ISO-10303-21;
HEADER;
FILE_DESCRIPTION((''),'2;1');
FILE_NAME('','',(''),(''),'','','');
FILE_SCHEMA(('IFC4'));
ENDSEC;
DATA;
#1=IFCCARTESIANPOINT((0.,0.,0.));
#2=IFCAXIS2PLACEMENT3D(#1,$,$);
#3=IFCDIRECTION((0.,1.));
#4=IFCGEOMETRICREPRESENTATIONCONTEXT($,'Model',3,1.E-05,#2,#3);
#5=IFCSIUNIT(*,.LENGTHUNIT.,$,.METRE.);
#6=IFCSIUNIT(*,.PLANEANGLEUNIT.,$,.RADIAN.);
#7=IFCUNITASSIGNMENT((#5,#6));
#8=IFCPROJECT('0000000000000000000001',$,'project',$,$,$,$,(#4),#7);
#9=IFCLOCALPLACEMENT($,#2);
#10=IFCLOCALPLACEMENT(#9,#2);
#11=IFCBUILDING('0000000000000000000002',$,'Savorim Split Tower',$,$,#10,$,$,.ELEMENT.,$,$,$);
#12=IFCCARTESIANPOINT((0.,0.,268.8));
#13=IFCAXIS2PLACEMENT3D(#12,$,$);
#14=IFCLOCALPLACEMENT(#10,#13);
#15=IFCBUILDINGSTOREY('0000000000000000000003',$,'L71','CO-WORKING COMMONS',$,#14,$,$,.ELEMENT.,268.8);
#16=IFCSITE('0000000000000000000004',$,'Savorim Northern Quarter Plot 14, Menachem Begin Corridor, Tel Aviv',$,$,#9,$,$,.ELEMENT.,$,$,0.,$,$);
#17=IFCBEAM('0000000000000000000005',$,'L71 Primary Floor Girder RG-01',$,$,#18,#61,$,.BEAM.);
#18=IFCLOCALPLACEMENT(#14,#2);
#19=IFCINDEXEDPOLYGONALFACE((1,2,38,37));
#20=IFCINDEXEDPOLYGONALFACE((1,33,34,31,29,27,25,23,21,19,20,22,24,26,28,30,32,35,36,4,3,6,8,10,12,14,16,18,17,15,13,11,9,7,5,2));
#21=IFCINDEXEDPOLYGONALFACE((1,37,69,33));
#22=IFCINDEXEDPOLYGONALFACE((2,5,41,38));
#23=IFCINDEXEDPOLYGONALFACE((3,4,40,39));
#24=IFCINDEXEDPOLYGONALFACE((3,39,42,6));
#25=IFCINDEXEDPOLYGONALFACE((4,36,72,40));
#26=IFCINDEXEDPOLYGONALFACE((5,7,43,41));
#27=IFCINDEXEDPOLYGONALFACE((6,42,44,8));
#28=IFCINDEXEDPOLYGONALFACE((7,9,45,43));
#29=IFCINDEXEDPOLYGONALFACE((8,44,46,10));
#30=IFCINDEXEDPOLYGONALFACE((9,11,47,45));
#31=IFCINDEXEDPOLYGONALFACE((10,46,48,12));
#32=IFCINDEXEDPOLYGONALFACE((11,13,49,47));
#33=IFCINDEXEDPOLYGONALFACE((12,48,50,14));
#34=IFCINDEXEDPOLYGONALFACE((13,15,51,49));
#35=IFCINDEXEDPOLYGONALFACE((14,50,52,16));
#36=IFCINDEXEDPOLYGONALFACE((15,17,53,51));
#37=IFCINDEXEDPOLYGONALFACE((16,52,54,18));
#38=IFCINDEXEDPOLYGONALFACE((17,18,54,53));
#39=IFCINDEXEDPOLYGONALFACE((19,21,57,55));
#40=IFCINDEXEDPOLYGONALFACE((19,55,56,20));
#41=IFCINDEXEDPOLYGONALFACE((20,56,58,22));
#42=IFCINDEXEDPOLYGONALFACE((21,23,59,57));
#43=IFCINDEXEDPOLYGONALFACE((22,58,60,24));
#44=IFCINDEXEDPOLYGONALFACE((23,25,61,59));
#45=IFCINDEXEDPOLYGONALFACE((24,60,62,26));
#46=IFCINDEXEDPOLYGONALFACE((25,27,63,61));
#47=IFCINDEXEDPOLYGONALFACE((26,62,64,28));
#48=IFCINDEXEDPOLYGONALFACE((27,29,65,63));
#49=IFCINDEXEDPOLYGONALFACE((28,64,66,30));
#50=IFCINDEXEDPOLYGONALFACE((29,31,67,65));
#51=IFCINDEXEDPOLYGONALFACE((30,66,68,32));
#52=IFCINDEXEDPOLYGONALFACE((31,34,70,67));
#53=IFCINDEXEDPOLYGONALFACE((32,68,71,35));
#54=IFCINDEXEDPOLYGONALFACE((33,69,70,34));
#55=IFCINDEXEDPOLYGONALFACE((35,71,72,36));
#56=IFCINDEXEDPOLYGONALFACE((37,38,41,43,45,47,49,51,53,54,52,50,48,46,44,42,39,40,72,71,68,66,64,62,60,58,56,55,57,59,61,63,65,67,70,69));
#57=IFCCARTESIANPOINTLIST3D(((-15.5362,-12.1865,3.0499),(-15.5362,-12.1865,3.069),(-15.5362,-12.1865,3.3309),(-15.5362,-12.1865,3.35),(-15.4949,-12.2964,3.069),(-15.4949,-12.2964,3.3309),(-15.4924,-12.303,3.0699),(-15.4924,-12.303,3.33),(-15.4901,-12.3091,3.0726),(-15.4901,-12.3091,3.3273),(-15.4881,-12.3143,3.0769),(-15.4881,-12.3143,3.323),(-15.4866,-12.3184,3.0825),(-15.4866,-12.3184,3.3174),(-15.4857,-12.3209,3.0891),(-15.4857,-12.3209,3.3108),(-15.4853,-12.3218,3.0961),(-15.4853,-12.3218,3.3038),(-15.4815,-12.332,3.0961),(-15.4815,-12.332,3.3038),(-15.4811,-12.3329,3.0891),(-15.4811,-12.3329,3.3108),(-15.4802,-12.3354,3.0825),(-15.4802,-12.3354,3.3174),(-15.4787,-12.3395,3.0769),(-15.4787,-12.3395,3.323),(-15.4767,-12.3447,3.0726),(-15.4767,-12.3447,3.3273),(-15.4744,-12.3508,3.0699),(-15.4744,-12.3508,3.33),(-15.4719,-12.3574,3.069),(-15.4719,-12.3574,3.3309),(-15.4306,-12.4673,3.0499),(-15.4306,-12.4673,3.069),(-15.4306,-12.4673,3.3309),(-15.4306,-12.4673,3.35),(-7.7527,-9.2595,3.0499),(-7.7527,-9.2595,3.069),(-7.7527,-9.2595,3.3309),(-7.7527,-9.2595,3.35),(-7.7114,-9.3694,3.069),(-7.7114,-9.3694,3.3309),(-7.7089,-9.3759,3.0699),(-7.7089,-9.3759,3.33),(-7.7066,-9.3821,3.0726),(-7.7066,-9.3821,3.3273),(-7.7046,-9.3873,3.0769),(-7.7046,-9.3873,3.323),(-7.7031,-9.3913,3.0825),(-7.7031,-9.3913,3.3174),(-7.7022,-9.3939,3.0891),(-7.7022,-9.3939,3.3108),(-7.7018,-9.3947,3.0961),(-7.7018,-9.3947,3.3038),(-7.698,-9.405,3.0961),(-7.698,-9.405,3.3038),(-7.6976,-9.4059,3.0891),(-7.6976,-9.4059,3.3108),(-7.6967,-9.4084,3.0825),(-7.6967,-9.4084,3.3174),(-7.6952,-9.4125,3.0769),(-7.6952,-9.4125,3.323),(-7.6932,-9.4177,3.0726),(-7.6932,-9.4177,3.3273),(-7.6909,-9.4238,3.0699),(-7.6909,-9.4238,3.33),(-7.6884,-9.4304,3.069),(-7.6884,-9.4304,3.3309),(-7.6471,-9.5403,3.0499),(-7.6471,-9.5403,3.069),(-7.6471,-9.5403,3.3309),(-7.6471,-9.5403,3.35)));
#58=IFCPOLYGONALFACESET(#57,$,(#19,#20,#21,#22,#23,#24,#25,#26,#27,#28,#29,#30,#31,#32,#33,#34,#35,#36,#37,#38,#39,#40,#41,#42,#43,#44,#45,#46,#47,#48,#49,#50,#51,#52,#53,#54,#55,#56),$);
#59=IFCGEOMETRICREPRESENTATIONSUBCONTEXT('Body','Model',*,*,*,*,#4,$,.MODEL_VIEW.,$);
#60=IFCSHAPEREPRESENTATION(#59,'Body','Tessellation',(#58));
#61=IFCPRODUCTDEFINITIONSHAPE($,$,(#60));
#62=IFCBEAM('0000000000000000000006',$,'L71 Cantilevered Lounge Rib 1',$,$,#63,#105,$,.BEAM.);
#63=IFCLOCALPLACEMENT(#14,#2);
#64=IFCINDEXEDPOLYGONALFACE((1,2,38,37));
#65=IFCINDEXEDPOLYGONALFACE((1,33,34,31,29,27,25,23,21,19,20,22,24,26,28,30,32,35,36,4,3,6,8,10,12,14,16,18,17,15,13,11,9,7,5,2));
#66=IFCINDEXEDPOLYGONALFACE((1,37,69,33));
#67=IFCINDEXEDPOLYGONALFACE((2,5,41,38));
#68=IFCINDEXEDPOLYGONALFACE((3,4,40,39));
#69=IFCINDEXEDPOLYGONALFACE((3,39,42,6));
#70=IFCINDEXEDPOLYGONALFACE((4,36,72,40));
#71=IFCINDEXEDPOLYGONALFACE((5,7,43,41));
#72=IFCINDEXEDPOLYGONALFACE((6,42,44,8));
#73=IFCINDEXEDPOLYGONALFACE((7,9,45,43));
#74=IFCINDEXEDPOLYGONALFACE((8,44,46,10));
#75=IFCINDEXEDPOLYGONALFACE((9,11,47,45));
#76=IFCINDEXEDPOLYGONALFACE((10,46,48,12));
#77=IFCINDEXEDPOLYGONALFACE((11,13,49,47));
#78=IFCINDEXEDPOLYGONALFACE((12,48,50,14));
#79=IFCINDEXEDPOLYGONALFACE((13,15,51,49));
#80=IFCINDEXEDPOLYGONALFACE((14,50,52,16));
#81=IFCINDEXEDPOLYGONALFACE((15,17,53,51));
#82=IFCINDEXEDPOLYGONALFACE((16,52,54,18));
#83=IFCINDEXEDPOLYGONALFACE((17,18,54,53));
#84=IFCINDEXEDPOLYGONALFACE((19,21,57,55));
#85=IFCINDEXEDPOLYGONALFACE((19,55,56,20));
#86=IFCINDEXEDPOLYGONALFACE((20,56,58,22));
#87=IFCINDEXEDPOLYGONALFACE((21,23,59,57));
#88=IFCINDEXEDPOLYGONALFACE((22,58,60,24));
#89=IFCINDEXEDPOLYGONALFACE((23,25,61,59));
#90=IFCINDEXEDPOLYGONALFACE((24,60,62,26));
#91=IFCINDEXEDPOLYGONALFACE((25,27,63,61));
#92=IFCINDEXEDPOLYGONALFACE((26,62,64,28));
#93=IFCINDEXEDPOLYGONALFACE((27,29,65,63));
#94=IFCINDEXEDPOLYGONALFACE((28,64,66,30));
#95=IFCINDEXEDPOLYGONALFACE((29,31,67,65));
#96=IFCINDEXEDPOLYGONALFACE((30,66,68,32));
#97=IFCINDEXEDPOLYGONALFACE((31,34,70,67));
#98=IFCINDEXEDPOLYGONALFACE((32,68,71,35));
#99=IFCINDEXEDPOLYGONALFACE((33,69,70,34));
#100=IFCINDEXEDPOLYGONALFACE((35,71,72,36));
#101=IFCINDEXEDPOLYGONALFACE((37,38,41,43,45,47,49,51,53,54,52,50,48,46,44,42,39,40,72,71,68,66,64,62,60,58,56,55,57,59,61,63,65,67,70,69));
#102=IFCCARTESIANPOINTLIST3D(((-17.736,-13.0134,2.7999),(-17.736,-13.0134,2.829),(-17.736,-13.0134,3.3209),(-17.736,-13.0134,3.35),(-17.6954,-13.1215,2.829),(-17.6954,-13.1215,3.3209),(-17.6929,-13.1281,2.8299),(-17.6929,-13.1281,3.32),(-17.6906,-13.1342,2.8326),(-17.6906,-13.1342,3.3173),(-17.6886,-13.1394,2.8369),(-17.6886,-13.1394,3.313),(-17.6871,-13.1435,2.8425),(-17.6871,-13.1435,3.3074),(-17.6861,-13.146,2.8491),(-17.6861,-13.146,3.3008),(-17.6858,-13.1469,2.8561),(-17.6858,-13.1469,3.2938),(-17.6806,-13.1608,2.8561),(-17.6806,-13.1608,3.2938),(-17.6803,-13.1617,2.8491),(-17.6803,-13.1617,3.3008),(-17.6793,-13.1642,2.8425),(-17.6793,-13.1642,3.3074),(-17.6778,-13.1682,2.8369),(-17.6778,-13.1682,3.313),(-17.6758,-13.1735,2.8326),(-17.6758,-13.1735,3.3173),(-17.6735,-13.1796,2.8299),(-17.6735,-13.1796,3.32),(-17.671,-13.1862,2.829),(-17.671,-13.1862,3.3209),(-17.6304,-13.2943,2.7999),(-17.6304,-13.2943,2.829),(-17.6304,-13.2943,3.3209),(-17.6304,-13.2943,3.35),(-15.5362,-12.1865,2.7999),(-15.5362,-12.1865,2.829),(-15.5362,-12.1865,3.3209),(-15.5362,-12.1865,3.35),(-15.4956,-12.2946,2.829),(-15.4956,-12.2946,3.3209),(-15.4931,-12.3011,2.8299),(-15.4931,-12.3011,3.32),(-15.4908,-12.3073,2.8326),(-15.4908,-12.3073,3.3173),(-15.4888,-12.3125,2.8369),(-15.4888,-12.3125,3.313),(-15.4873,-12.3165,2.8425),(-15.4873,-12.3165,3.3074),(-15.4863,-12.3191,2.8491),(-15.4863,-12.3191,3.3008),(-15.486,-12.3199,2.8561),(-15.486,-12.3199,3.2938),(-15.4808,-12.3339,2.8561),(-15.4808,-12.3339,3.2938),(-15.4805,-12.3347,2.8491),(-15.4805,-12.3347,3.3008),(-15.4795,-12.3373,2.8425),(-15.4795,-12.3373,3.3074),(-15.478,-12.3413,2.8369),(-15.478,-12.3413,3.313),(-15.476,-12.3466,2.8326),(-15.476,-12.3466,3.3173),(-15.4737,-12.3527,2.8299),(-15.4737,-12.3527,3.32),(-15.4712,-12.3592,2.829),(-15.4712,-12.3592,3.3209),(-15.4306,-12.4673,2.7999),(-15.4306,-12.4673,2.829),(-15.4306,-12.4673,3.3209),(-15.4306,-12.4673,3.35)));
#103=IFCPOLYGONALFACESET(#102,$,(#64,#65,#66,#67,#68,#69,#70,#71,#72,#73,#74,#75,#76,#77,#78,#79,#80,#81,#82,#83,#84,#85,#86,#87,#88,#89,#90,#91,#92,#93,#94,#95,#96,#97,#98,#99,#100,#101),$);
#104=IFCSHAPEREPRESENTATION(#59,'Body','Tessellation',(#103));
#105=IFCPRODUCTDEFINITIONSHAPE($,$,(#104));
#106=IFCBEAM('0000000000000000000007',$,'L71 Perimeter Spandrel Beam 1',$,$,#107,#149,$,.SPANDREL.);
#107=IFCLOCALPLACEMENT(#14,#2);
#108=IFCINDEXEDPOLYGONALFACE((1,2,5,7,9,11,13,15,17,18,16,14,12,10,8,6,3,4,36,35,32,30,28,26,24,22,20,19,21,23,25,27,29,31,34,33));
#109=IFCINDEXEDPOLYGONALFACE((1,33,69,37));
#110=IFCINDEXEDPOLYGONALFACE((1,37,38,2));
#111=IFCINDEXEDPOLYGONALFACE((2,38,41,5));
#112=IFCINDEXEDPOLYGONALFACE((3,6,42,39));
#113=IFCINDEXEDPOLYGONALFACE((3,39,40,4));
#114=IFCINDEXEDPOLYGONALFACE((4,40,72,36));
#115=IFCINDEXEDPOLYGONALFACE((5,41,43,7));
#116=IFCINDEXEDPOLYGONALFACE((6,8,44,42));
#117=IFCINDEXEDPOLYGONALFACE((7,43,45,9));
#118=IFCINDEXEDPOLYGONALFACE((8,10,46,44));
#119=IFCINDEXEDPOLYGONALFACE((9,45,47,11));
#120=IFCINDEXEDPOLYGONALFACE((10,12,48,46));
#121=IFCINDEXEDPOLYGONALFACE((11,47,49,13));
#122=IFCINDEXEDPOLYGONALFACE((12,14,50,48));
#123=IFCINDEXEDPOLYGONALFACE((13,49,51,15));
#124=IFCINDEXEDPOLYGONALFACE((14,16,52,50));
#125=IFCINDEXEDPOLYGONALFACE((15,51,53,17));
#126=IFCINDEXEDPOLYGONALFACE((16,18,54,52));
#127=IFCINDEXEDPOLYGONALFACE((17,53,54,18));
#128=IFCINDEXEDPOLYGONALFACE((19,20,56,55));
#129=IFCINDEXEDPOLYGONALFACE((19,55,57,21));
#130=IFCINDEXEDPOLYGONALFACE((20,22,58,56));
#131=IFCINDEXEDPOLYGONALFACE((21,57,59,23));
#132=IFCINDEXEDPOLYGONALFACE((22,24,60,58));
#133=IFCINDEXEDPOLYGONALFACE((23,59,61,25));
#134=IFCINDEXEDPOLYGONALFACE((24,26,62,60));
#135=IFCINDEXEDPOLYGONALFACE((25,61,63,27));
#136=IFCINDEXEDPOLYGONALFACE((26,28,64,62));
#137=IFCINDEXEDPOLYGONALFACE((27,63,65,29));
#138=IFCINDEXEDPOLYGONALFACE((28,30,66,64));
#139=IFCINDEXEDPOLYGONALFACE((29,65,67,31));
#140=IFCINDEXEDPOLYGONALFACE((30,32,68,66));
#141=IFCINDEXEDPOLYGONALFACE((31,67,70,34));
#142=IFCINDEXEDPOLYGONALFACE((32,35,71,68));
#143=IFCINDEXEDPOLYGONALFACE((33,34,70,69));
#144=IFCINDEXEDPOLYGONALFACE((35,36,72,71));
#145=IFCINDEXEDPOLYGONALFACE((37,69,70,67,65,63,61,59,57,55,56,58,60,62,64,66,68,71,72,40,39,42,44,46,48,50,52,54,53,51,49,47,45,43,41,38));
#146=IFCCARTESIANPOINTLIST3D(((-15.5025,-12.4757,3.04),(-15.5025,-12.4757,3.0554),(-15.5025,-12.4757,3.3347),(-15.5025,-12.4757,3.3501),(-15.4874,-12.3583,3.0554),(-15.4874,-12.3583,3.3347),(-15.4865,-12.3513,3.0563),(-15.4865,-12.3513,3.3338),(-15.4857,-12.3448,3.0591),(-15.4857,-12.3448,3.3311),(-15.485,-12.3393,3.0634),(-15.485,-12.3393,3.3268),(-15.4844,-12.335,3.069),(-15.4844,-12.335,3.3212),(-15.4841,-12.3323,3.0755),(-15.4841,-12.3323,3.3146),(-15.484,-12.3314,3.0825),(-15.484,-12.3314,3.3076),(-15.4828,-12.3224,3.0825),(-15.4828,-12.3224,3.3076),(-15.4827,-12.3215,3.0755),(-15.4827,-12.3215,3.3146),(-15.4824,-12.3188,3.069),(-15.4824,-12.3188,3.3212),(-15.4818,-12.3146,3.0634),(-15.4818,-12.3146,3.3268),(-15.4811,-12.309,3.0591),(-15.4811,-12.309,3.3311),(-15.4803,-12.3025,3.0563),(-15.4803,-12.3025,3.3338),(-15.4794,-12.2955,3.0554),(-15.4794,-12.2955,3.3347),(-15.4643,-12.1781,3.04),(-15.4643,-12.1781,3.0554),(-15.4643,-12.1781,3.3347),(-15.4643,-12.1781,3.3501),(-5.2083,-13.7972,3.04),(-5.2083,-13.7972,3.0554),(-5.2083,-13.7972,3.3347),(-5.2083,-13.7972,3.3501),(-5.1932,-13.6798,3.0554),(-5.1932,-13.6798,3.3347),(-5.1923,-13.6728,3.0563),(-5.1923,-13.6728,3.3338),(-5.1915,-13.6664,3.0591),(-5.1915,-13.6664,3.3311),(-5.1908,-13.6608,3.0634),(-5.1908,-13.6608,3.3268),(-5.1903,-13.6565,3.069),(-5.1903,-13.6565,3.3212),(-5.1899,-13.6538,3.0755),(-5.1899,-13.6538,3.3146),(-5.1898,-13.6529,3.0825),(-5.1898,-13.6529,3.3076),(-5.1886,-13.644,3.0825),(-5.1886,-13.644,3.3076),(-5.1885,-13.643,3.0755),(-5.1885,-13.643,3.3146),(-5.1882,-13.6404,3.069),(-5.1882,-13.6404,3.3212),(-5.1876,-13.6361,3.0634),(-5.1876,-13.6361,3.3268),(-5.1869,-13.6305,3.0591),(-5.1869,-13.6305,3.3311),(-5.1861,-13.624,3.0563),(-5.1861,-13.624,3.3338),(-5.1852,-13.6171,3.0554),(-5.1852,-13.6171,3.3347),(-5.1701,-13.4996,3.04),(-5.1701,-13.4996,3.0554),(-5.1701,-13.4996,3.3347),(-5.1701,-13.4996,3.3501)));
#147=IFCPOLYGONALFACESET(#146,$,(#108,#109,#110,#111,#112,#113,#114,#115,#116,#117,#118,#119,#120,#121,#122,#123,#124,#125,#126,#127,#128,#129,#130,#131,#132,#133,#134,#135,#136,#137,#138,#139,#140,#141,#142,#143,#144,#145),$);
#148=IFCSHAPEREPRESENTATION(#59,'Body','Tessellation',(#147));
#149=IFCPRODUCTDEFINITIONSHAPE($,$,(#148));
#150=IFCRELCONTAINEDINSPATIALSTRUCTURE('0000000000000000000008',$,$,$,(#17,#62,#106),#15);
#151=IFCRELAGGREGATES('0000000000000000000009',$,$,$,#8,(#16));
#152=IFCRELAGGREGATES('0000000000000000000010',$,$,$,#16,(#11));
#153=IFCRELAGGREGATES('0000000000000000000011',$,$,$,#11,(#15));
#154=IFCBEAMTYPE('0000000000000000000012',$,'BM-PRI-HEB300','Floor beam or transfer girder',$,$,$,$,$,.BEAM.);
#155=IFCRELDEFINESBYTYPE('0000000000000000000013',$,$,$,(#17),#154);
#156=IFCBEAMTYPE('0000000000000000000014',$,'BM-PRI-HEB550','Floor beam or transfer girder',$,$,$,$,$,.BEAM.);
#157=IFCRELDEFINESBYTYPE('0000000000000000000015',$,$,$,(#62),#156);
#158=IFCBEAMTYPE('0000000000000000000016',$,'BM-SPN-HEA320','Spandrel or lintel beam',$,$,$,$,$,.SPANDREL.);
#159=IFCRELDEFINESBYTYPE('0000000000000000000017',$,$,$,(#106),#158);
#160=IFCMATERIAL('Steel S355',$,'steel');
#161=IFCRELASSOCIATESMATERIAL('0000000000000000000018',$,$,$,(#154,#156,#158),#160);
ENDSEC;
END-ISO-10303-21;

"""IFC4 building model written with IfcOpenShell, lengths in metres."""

from ifc_helpers import new_model, si_unit, direction, frame, origin, origin_2d, place, context, subcontext, project, spatial, i_section, extrude, material, material_profile, profile_set, type_object, element, save


model = new_model("IFC4")

# Units and contexts
model_context = context("Model", 3, precision=1e-05, world=origin(), true_north=direction((0.0, 1.0)))
body_context = subcontext(model_context, "Body", "Model", "MODEL_VIEW")
ifc_project = project(units=[si_unit("LENGTHUNIT", "METRE"), si_unit("PLANEANGLEUNIT", "RADIAN")], contexts=[model_context])

# Site, building, storey
site_placement = place(None, origin())
site = spatial("IfcSite", under=ifc_project, at=site_placement, Name="Savorim Northern Quarter Plot 14, Menachem Begin Corridor, Tel Aviv", CompositionType="ELEMENT", RefElevation=0.0)
building_placement = place(site_placement, origin())
building = spatial("IfcBuilding", under=site, at=building_placement, Name="Savorim Split Tower", CompositionType="ELEMENT")
storey_placement = place(building_placement, frame((0.0, 0.0, 268.8)))
storey = spatial("IfcBuildingStorey", under=building, at=storey_placement, Name="L71", Description="CO-WORKING COMMONS", CompositionType="ELEMENT", Elevation=268.8)

# Shared definitions
ifc_material_1 = material(Name="Steel S355", Category="steel")

# Beams
ifc_material_profile_1 = material_profile(ifc_material_1, i_section(OverallWidth=0.3, OverallDepth=0.3, WebThickness=0.011, FlangeThickness=0.019, FilletRadius=0.0271, at=origin_2d()), Name="HEB 300")
ifc_profile_set_1 = profile_set([ifc_material_profile_1], Name="Steel S355")
beam_type_1 = type_object("IfcBeamType", Name="BM-PRI-HEB300", Description="Floor beam or transfer girder", PredefinedType="BEAM", material=ifc_profile_set_1)
beam_1_placement = place(storey_placement, frame((-15.4834, -12.3269, 3.2), z_axis=(0.936004, 0.351989, 0.0), x_axis=(-0.351989, 0.936004, 0.0)))
element("IfcBeam", 1, at=beam_1_placement, inside=storey, type_object=beam_type_1, Name="L71 Primary Floor Girder RG-01", PredefinedType="BEAM", context=body_context, shape_type="SweptSolid", body=[
    extrude(i_section(OverallWidth=0.3, OverallDepth=0.3, WebThickness=0.011, FlangeThickness=0.019, FilletRadius=0.0271, at=origin_2d()), origin(), (0.0, 0.0, 1.0), 8.3157),
])
ifc_material_profile_2 = material_profile(ifc_material_1, i_section(OverallWidth=0.3, OverallDepth=0.55, WebThickness=0.0149, FlangeThickness=0.0291, FilletRadius=0.0271, at=origin_2d()), Name="HEB 550")
ifc_profile_set_2 = profile_set([ifc_material_profile_2], Name="Steel S355")
beam_type_2 = type_object("IfcBeamType", Name="BM-PRI-HEB550", Description="Floor beam or transfer girder", PredefinedType="BEAM", material=ifc_profile_set_2)
beam_2_placement = place(storey_placement, frame((-15.4834, -12.3269, 3.075), z_axis=(-0.936047, -0.351875, 0.0), x_axis=(0.351875, -0.936047, 0.0)))
element("IfcBeam", 2, at=beam_2_placement, inside=storey, type_object=beam_type_2, Name="L71 Cantilevered Lounge Rib 1", PredefinedType="BEAM", context=body_context, shape_type="SweptSolid", body=[
    extrude(i_section(OverallWidth=0.3, OverallDepth=0.55, WebThickness=0.0149, FlangeThickness=0.0291, FilletRadius=0.0271, at=origin_2d()), origin(), (0.0, 0.0, 1.0), 2.3501),
])
ifc_material_profile_3 = material_profile(ifc_material_1, i_section(OverallWidth=0.3, OverallDepth=0.3101, WebThickness=0.009, FlangeThickness=0.0154, FilletRadius=0.0271, at=origin_2d()), Name="HEA 320")
ifc_profile_set_3 = profile_set([ifc_material_profile_3], Name="Steel S355")
beam_type_3 = type_object("IfcBeamType", Name="BM-SPN-HEA320", Description="Spandrel or lintel beam", PredefinedType="SPANDREL", material=ifc_profile_set_3)
beam_3_placement = place(storey_placement, frame((-15.4834, -12.3269, 3.1951), z_axis=(0.99186, -0.127332, 0.0), x_axis=(0.127332, 0.99186, 0.0)))
element("IfcBeam", 3, at=beam_3_placement, inside=storey, type_object=beam_type_3, Name="L71 Perimeter Spandrel Beam 1", PredefinedType="SPANDREL", context=body_context, shape_type="SweptSolid", body=[
    extrude(i_section(OverallWidth=0.3, OverallDepth=0.3101, WebThickness=0.009, FlangeThickness=0.0154, FilletRadius=0.0271, at=origin_2d()), origin(), (0.0, 0.0, 1.0), 10.3787),
])

save(model, "model.ifc")
